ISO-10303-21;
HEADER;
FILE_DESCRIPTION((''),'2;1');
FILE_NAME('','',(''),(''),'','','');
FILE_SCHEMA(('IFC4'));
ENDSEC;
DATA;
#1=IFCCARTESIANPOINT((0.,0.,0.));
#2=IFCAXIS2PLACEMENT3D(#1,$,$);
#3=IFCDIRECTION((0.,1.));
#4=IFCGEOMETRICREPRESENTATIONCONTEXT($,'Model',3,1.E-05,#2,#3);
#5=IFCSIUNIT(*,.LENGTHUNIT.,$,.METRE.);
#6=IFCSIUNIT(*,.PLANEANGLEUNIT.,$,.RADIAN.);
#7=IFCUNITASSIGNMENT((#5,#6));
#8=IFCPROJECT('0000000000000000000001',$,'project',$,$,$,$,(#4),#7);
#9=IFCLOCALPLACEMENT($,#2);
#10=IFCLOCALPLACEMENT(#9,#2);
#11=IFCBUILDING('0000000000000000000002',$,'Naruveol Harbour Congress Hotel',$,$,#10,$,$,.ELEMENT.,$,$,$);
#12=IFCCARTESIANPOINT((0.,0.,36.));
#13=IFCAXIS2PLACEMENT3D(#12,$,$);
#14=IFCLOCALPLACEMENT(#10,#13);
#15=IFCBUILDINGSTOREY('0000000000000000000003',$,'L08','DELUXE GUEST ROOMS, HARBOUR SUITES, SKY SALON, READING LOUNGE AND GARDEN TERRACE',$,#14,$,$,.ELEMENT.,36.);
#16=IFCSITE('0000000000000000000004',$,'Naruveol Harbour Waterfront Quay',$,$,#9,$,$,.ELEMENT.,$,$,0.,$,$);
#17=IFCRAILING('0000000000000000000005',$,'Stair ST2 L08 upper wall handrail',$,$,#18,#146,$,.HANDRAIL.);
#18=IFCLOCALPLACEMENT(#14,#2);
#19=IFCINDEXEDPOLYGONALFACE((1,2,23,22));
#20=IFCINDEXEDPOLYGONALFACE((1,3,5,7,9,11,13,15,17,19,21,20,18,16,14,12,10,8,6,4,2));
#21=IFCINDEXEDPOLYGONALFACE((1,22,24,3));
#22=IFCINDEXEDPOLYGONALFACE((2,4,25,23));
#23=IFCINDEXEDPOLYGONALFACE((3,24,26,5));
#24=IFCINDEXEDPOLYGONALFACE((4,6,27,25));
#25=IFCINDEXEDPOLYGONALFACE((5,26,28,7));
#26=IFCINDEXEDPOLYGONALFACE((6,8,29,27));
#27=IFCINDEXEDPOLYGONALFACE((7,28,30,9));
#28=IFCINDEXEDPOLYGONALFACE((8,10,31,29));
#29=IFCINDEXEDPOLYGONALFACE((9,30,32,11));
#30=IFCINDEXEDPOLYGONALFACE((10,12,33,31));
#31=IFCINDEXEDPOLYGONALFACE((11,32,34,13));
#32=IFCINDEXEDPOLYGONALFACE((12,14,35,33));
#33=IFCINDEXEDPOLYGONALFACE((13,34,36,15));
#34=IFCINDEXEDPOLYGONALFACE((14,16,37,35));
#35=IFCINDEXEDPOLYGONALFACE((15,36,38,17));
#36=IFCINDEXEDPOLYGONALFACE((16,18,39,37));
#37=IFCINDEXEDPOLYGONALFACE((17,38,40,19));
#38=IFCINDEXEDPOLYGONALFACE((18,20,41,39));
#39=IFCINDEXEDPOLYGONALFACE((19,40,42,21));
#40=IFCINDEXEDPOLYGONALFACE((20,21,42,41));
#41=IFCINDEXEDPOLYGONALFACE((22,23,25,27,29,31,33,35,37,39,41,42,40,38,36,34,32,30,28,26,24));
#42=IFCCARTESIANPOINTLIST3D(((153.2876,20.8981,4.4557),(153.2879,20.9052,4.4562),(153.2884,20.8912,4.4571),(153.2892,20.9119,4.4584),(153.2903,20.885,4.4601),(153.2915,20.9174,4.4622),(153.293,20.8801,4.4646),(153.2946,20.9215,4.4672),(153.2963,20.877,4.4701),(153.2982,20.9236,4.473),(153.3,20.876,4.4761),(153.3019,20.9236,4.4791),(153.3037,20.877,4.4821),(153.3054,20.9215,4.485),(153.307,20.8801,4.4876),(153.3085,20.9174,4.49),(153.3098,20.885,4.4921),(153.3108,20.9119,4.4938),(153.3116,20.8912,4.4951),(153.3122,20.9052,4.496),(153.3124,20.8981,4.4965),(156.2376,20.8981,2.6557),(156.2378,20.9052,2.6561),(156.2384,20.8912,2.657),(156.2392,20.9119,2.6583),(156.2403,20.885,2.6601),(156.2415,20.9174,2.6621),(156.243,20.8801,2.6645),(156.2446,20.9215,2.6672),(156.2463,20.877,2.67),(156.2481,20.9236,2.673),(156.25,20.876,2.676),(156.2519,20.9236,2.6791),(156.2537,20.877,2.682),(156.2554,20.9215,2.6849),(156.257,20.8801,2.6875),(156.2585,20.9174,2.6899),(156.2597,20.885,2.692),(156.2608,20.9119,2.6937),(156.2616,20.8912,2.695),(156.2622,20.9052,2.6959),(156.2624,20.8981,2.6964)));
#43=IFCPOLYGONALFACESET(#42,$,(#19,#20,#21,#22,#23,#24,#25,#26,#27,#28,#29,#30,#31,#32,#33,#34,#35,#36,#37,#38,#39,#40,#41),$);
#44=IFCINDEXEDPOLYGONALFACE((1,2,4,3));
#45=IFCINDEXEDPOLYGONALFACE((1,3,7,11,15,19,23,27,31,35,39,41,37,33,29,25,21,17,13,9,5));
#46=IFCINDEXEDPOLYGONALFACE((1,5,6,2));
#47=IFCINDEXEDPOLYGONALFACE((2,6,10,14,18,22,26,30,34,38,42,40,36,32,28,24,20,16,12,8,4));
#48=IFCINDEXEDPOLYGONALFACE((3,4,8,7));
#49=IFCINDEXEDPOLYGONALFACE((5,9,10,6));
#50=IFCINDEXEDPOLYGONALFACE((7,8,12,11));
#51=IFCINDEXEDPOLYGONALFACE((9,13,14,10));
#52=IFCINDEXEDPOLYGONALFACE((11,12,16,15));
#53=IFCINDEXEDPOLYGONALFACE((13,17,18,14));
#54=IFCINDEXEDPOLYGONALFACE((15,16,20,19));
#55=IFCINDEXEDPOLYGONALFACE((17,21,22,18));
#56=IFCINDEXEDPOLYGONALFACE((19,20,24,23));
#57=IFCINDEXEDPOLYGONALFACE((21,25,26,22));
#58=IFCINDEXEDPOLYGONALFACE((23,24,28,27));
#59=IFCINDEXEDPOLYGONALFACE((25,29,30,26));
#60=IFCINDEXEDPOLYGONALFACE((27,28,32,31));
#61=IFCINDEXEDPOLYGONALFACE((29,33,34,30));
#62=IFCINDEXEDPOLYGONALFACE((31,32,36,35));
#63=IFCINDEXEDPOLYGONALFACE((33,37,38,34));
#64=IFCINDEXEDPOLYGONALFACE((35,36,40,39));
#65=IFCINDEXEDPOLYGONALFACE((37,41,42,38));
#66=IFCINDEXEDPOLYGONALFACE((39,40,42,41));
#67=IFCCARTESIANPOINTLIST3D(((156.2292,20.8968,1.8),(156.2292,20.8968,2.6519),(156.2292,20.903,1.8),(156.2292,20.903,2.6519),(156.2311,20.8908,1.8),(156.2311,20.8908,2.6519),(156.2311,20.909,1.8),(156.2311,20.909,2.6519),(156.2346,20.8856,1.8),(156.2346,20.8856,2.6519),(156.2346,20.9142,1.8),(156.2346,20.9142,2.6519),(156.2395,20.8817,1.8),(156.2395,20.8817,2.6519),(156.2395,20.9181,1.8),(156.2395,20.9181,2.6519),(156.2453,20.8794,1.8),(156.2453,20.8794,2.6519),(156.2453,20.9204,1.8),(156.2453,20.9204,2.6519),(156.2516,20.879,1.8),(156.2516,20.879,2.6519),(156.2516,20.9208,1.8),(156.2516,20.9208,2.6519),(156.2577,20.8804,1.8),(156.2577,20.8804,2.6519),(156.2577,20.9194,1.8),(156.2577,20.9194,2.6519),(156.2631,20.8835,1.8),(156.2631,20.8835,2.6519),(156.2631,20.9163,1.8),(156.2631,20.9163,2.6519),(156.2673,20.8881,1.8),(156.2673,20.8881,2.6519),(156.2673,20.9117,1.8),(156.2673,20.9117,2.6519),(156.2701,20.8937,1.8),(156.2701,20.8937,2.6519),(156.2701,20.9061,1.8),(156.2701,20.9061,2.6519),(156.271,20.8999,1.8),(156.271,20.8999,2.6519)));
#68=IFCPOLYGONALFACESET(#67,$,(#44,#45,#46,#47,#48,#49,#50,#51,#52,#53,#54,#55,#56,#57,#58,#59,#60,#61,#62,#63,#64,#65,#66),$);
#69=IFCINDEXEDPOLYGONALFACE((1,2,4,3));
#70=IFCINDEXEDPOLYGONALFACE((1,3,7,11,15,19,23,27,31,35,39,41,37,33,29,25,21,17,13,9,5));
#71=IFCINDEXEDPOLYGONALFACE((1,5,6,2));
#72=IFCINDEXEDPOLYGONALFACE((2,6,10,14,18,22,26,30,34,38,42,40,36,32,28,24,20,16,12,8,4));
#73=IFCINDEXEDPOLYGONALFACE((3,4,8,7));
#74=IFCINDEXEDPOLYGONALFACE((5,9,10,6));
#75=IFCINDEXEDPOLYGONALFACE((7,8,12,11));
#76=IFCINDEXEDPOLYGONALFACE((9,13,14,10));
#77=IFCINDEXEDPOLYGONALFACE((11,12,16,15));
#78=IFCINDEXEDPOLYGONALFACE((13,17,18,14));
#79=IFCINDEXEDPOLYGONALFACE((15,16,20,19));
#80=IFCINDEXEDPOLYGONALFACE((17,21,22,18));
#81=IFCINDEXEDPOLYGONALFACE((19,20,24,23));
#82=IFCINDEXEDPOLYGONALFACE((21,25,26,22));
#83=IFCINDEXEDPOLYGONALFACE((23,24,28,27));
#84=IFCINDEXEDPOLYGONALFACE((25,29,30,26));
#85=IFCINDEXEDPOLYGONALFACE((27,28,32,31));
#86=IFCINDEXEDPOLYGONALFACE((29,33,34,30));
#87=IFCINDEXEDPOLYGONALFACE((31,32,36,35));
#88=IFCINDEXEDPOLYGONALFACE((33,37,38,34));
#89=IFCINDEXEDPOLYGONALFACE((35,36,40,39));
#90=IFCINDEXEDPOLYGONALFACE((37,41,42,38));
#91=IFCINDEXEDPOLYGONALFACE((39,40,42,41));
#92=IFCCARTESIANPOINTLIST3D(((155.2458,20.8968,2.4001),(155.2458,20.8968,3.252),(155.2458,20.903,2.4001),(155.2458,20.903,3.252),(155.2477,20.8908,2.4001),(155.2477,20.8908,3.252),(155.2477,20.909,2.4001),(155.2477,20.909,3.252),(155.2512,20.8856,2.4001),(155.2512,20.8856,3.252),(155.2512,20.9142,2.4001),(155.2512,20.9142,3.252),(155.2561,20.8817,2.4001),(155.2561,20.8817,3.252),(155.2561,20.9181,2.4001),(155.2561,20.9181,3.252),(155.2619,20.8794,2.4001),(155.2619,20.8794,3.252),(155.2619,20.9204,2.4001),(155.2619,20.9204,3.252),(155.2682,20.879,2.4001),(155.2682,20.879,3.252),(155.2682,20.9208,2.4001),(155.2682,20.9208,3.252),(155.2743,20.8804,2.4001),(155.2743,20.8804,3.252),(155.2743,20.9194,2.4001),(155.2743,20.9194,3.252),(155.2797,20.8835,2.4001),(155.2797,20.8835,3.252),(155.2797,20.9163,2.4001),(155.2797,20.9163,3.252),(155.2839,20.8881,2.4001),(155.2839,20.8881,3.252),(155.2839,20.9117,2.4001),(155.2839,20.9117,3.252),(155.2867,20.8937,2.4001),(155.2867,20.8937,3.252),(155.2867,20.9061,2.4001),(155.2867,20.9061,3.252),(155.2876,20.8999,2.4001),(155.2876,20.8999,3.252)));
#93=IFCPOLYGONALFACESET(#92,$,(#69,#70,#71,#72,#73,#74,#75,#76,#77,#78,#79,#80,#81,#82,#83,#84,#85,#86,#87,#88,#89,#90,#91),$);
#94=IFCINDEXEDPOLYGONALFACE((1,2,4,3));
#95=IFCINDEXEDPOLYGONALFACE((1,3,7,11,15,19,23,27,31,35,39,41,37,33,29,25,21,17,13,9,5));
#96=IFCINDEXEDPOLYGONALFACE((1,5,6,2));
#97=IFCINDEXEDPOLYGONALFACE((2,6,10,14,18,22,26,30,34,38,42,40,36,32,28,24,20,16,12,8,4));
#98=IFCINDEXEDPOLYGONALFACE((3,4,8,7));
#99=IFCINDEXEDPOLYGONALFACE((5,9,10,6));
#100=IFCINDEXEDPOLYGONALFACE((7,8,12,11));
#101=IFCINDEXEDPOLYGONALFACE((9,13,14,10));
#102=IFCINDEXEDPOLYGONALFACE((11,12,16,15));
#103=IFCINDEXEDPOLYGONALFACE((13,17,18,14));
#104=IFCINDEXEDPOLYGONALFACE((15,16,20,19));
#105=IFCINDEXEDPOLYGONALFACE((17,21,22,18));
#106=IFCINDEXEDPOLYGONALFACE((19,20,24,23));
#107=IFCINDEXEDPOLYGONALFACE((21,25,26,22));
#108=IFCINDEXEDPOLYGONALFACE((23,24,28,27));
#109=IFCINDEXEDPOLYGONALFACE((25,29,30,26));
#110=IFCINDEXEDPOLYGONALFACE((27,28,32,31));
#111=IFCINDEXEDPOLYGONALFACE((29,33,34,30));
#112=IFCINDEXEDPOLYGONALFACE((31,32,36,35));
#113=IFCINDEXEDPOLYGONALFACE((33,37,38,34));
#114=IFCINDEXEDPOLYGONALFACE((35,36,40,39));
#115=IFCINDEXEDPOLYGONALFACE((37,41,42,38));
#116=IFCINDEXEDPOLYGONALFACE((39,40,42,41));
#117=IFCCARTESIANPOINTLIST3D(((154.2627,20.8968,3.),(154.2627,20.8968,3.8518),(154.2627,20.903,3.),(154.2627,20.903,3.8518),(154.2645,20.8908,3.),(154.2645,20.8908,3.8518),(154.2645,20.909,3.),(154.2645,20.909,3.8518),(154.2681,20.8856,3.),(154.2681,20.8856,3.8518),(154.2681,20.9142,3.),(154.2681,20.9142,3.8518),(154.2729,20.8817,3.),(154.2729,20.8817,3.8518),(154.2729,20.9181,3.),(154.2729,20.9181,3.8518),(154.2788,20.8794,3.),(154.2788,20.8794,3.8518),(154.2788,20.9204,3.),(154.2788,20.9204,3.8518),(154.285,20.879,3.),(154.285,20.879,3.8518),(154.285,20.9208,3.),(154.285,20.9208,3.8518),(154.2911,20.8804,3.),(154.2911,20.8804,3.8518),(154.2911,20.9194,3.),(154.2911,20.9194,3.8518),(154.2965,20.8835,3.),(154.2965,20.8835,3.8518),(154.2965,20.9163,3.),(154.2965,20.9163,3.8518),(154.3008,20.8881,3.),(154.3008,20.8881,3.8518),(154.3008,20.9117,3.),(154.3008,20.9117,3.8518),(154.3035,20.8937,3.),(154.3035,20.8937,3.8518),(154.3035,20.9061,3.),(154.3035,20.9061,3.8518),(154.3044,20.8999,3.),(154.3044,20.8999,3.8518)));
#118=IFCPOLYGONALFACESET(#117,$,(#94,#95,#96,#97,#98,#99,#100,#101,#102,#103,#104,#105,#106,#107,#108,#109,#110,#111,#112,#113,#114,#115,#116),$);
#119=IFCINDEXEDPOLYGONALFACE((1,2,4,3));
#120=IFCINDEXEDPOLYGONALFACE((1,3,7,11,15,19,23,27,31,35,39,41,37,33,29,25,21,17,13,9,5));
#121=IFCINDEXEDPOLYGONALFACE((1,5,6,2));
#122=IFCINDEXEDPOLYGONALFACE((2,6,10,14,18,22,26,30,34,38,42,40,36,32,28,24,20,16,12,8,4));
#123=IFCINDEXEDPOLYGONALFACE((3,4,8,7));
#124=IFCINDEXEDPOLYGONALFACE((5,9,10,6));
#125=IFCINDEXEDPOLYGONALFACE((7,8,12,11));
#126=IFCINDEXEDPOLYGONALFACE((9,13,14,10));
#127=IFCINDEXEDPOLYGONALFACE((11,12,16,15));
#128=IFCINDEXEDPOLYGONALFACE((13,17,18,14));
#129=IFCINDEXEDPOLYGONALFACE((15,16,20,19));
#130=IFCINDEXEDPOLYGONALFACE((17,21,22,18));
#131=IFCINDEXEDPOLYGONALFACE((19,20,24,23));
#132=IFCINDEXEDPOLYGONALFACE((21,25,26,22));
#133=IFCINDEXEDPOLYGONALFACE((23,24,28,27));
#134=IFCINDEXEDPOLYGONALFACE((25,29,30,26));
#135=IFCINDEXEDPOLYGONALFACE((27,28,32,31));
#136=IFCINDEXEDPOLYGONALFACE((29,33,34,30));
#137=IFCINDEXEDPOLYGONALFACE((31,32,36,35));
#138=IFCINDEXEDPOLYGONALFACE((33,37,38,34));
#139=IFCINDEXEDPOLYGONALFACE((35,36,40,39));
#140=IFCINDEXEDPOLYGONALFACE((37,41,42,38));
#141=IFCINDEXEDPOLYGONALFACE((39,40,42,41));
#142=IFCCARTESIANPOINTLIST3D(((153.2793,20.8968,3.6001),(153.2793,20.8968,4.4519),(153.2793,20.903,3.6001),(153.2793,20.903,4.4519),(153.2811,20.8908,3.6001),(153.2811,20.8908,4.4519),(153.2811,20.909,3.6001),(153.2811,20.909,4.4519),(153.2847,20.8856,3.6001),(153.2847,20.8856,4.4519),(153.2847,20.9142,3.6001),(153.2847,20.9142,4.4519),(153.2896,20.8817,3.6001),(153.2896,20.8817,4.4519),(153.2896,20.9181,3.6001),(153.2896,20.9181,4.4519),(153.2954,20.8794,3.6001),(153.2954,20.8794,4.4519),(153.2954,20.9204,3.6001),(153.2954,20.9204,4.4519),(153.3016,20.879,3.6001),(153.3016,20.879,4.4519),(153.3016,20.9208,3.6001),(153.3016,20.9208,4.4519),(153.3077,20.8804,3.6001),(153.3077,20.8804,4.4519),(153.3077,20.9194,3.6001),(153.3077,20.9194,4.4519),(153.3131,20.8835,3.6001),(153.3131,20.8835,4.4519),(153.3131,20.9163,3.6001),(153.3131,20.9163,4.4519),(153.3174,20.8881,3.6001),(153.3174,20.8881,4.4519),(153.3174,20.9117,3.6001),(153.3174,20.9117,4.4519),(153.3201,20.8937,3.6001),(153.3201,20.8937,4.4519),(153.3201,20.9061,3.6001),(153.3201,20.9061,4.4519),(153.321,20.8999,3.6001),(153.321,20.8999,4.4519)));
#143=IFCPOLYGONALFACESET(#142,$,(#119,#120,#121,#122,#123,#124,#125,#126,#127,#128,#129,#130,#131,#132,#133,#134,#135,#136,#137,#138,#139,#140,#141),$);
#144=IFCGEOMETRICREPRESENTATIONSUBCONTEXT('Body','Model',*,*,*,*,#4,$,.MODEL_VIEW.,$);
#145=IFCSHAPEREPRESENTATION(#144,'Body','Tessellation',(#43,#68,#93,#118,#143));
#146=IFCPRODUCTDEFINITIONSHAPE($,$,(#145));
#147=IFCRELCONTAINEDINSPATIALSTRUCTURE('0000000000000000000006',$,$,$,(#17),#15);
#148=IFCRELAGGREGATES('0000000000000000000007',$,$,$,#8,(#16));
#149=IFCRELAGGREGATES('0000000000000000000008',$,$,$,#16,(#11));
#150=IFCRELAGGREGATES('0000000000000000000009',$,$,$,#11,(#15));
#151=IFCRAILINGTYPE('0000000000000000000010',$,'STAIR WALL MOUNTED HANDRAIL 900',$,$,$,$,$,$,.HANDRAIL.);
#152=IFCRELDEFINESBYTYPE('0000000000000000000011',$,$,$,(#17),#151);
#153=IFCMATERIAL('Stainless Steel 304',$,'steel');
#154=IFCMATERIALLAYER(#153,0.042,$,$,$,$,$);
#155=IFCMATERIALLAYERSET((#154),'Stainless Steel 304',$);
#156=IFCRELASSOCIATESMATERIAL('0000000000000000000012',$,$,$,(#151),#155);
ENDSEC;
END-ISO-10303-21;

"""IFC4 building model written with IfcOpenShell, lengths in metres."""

from ifc_helpers import new_model, si_unit, direction, frame, origin, origin_2d, place, context, subcontext, project, spatial, circle, extrude, material, layer, layer_set, type_object, element, save


model = new_model("IFC4")

# Units and contexts
model_context = context("Model", 3, precision=1e-05, world=origin(), true_north=direction((0.0, 1.0)))
body_context = subcontext(model_context, "Body", "Model", "MODEL_VIEW")
ifc_project = project(units=[si_unit("LENGTHUNIT", "METRE"), si_unit("PLANEANGLEUNIT", "RADIAN")], contexts=[model_context])

# Site, building, storey
site_placement = place(None, origin())
site = spatial("IfcSite", under=ifc_project, at=site_placement, Name="Naruveol Harbour Waterfront Quay", CompositionType="ELEMENT", RefElevation=0.0)
building_placement = place(site_placement, origin())
building = spatial("IfcBuilding", under=site, at=building_placement, Name="Naruveol Harbour Congress Hotel", CompositionType="ELEMENT")
storey_placement = place(building_placement, frame((0.0, 0.0, 36.0)))
storey = spatial("IfcBuildingStorey", under=building, at=storey_placement, Name="L08", Description="DELUXE GUEST ROOMS, HARBOUR SUITES, SKY SALON, READING LOUNGE AND GARDEN TERRACE", CompositionType="ELEMENT", Elevation=36.0)

# Railing
ifc_material_1 = material(Name="Stainless Steel 304", Category="steel")
ifc_layer_1 = layer(ifc_material_1, 0.042)
ifc_layer_set_1 = layer_set([ifc_layer_1], Name="Stainless Steel 304")
railing_type_1 = type_object("IfcRailingType", Name="STAIR WALL MOUNTED HANDRAIL 900", PredefinedType="HANDRAIL", material=ifc_layer_set_1)
railing_1_placement = place(storey_placement, frame((156.25, 20.8999, 1.8)))
element("IfcRailing", 1, at=railing_1_placement, inside=storey, type_object=railing_type_1, Name="Stair ST2 L08 upper wall handrail", PredefinedType="HANDRAIL", context=body_context, shape_type="SweptSolid", body=[
    extrude(circle(Radius=0.0239, at=origin_2d()), frame((0.0, 0.0, 0.876), z_axis=(-0.853629, 0.0, 0.520881), x_axis=(0.0, -1.0, 0.0)), (0.0, 0.0, 1.0), 3.4558),
    extrude(circle(Radius=0.021, at=origin_2d()), origin(), (0.0, 0.0, 1.0), 0.8518),
    extrude(circle(Radius=0.021, at=origin_2d()), frame((-0.9834, 0.0, 0.6001)), (0.0, 0.0, 1.0), 0.8518),
    extrude(circle(Radius=0.021, at=origin_2d()), frame((-1.9666, 0.0, 1.2)), (0.0, 0.0, 1.0), 0.8518),
    extrude(circle(Radius=0.021, at=origin_2d()), frame((-2.95, 0.0, 1.8)), (0.0, 0.0, 1.0), 0.8518),
])

save(model, "model.ifc")
